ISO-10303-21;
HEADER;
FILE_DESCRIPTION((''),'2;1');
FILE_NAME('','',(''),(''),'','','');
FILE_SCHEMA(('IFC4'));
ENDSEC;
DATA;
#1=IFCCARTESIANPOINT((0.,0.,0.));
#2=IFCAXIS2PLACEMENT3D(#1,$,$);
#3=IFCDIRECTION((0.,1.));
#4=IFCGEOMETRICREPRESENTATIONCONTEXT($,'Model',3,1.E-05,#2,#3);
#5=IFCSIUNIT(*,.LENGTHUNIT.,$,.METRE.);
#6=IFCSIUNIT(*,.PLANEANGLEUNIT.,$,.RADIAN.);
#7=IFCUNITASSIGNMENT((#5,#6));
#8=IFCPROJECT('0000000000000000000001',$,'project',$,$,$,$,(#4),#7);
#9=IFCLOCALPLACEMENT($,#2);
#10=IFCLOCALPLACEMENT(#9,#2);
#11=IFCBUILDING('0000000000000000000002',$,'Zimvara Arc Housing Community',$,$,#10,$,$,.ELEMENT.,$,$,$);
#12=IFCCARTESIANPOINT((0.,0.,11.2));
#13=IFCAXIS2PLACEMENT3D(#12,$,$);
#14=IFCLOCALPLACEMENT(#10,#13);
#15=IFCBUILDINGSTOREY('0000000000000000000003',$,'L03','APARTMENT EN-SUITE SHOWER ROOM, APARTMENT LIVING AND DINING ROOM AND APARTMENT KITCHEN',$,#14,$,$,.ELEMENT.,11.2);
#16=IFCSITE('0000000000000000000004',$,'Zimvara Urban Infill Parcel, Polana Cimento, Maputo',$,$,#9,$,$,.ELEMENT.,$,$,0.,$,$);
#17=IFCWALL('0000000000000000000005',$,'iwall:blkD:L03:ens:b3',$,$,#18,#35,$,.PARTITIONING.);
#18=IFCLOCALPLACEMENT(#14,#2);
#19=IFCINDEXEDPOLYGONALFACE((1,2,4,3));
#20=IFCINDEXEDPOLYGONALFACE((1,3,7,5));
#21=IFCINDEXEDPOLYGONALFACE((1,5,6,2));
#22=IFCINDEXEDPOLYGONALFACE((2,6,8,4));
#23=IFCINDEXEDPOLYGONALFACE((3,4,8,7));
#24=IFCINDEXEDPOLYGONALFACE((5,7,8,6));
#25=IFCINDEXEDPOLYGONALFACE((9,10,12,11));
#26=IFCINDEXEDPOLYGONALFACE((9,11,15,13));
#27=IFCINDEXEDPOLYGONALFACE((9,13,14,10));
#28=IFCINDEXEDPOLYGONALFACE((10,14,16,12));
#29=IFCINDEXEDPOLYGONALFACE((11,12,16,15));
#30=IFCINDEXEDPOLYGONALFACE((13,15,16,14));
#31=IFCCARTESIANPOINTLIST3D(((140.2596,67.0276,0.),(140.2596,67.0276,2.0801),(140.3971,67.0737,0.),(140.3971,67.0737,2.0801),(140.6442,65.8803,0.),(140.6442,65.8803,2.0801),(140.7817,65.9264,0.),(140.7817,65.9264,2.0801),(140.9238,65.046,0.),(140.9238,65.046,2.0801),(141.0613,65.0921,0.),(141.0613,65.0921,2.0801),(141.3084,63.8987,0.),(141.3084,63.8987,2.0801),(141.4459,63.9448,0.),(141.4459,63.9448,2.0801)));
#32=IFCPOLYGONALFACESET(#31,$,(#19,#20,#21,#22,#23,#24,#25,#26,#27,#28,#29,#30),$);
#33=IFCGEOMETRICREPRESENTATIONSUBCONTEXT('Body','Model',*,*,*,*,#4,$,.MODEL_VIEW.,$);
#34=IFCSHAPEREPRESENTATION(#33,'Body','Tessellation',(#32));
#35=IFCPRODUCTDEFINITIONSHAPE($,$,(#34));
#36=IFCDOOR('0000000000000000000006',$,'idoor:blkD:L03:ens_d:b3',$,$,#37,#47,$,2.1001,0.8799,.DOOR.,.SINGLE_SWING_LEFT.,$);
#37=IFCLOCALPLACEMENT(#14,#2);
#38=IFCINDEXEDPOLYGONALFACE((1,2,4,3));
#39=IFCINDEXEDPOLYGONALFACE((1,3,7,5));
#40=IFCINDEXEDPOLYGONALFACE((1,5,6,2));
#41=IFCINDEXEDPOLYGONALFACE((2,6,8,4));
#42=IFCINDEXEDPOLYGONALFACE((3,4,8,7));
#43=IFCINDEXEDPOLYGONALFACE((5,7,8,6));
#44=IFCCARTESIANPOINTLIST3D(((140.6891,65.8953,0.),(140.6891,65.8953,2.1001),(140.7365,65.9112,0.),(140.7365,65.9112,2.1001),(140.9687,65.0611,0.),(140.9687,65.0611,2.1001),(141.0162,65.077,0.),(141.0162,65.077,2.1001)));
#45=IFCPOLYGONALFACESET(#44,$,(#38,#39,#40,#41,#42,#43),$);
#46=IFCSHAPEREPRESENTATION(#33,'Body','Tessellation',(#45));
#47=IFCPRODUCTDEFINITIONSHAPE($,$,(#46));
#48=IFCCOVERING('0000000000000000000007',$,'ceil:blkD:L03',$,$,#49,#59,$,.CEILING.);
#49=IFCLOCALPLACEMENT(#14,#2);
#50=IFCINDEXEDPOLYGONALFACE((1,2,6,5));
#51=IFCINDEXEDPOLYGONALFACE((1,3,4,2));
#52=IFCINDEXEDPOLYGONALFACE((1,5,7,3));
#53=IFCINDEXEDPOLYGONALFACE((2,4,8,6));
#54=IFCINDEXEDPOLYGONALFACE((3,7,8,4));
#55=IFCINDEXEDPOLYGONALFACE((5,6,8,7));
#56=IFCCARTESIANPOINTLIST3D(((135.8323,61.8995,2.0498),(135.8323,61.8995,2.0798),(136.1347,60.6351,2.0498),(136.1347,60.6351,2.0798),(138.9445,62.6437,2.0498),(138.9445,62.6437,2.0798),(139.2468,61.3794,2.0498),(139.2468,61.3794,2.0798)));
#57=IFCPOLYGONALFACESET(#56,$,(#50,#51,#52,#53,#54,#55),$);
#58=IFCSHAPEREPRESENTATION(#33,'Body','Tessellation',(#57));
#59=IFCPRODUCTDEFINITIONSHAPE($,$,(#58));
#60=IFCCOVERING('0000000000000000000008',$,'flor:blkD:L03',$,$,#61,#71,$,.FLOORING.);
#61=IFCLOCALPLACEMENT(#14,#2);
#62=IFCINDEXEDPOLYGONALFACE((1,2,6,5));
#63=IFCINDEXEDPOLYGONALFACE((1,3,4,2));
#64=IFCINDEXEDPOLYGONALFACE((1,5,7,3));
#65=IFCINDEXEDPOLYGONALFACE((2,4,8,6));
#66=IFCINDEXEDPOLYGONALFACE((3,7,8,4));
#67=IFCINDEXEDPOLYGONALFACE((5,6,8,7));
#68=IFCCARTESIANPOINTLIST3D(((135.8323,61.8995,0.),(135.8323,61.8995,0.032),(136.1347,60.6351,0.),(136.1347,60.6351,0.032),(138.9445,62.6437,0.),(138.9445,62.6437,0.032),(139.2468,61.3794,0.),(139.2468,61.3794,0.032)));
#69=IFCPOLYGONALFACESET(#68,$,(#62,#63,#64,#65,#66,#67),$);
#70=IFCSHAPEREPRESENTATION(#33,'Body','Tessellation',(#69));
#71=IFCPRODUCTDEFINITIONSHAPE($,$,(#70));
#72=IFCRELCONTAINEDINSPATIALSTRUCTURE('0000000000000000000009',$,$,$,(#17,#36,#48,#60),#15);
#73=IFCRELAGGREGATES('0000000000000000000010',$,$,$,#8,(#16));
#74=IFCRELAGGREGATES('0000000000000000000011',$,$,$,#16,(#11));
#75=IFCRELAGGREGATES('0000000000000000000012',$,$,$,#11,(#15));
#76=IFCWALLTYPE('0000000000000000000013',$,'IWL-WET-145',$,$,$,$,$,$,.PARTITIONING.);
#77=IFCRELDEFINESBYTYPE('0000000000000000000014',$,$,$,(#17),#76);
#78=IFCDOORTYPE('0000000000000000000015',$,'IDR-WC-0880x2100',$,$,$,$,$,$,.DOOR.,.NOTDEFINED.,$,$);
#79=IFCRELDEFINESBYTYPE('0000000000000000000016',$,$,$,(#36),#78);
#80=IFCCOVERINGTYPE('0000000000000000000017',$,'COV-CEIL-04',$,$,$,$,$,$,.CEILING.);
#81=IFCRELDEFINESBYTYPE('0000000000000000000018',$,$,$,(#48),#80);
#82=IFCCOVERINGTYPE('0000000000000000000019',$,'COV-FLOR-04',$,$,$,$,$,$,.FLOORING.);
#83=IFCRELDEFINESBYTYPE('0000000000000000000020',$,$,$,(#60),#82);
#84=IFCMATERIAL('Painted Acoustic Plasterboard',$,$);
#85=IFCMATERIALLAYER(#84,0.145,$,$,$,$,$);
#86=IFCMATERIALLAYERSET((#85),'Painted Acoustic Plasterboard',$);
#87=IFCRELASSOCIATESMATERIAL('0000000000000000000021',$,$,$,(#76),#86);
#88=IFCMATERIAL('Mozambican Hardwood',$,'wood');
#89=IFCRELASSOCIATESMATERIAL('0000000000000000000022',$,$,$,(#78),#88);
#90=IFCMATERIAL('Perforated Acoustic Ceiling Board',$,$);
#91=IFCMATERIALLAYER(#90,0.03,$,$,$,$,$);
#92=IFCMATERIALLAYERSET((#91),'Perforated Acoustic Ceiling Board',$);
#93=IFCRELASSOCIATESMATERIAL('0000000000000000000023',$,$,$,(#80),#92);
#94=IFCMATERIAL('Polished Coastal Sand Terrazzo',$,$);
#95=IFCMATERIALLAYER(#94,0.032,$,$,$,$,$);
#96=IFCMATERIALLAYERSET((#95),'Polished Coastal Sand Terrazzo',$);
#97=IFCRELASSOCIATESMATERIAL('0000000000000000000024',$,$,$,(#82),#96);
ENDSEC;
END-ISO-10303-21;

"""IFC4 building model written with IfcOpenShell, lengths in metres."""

from ifc_helpers import new_model, si_unit, direction, frame, frame_2d, origin, origin_2d, place, context, subcontext, project, spatial, rectangle, extrude, material, layer, layer_set, type_object, element, fill, save


model = new_model("IFC4")

# Units and contexts
model_context = context("Model", 3, precision=1e-05, world=origin(), true_north=direction((0.0, 1.0)))
body_context = subcontext(model_context, "Body", "Model", "MODEL_VIEW")
ifc_project = project(units=[si_unit("LENGTHUNIT", "METRE"), si_unit("PLANEANGLEUNIT", "RADIAN")], contexts=[model_context])

# Site, building, storey
site_placement = place(None, origin())
site = spatial("IfcSite", under=ifc_project, at=site_placement, Name="Zimvara Urban Infill Parcel, Polana Cimento, Maputo", CompositionType="ELEMENT", RefElevation=0.0)
building_placement = place(site_placement, origin())
building = spatial("IfcBuilding", under=site, at=building_placement, Name="Zimvara Arc Housing Community", CompositionType="ELEMENT")
storey_placement = place(building_placement, frame((0.0, 0.0, 11.2)))
storey = spatial("IfcBuildingStorey", under=building, at=storey_placement, Name="L03", Description="APARTMENT EN-SUITE SHOWER ROOM, APARTMENT LIVING AND DINING ROOM AND APARTMENT KITCHEN", CompositionType="ELEMENT", Elevation=11.2)

# Wall, opening, door
ifc_material_1 = material(Name="Painted Acoustic Plasterboard")
ifc_layer_1 = layer(ifc_material_1, 0.145)
ifc_layer_set_1 = layer_set([ifc_layer_1], Name="Painted Acoustic Plasterboard")
wall_type_1 = type_object("IfcWallType", Name="IWL-WET-145", PredefinedType="PARTITIONING", material=ifc_layer_set_1)
wall_1_placement = place(storey_placement, frame((140.3284, 67.0505, 0.0), z_axis=(0.0, 0.0, 1.0), x_axis=(0.317825, -0.948149, 0.0)))
wall_1 = element("IfcWall", 1, at=wall_1_placement, inside=storey, type_object=wall_type_1, Name="iwall:blkD:L03:ens:b3", PredefinedType="PARTITIONING", context=body_context, shape_type="SweptSolid", body=[
    extrude(rectangle(XDim=3.3, YDim=0.145, at=frame_2d((1.6499, 0.0))), origin(), (0.0, 0.0, 1.0), 2.0801),
])
opening_1_placement = place(wall_1_placement, frame((1.21, 0.0, 0.0)))
opening_1 = element("IfcOpeningElement", 2, at=opening_1_placement, cuts=wall_1, PredefinedType="OPENING", context=body_context, shape_type="SweptSolid", body=[
    extrude(rectangle(XDim=0.8799, YDim=2.1001, at=frame_2d((0.4399, 1.05))), frame((0.0, 0.0825, 0.0), z_axis=(0.0, -1.0, 0.0), x_axis=(1.0, 0.0, 0.0)), (0.0, 0.0, 1.0), 0.165),
])
ifc_material_2 = material(Name="Mozambican Hardwood", Category="wood")
door_type_1 = type_object("IfcDoorType", Name="IDR-WC-0880x2100", OperationType="NOTDEFINED", PredefinedType="DOOR", material=ifc_material_2)
door_1_placement = place(opening_1_placement, origin())
door_1 = element("IfcDoor", 3, at=door_1_placement, inside=storey, type_object=door_type_1, Name="idoor:blkD:L03:ens_d:b3", OperationType="SINGLE_SWING_LEFT", OverallHeight=2.1001, OverallWidth=0.8799, PredefinedType="DOOR", context=body_context, shape_type="SweptSolid", body=[
    extrude(rectangle(XDim=0.8799, YDim=2.1001, at=frame_2d((0.4399, 1.05))), frame((0.0, 0.0249, 0.0), z_axis=(0.0, -1.0, 0.0), x_axis=(1.0, 0.0, 0.0)), (0.0, 0.0, 1.0), 0.05),
])
fill(opening_1, door_1)

# Coverings
ifc_material_3 = material(Name="Perforated Acoustic Ceiling Board")
ifc_layer_2 = layer(ifc_material_3, 0.03)
ifc_layer_set_2 = layer_set([ifc_layer_2], Name="Perforated Acoustic Ceiling Board")
covering_type_1 = type_object("IfcCoveringType", Name="COV-CEIL-04", PredefinedType="CEILING", material=ifc_layer_set_2)
covering_1_placement = place(storey_placement, frame((137.5396, 61.6394, 2.0498), z_axis=(0.0, 0.0, 1.0), x_axis=(0.232597, -0.972573, 0.0)))
element("IfcCovering", 4, at=covering_1_placement, inside=storey, type_object=covering_type_1, Name="ceil:blkD:L03", PredefinedType="CEILING", context=body_context, shape_type="SweptSolid", body=[
    extrude(rectangle(XDim=1.3, YDim=3.2, at=origin_2d()), origin(), (0.0, 0.0, 1.0), 0.03),
])
ifc_material_4 = material(Name="Polished Coastal Sand Terrazzo")
ifc_layer_3 = layer(ifc_material_4, 0.032)
ifc_layer_set_3 = layer_set([ifc_layer_3], Name="Polished Coastal Sand Terrazzo")
covering_type_2 = type_object("IfcCoveringType", Name="COV-FLOR-04", PredefinedType="FLOORING", material=ifc_layer_set_3)
covering_2_placement = place(storey_placement, frame((137.5396, 61.6394, 0.0), z_axis=(0.0, 0.0, 1.0), x_axis=(0.232597, -0.972573, 0.0)))
element("IfcCovering", 5, at=covering_2_placement, inside=storey, type_object=covering_type_2, Name="flor:blkD:L03", PredefinedType="FLOORING", context=body_context, shape_type="SweptSolid", body=[
    extrude(rectangle(XDim=1.3, YDim=3.2, at=origin_2d()), origin(), (0.0, 0.0, 1.0), 0.032),
])

save(model, "model.ifc")
